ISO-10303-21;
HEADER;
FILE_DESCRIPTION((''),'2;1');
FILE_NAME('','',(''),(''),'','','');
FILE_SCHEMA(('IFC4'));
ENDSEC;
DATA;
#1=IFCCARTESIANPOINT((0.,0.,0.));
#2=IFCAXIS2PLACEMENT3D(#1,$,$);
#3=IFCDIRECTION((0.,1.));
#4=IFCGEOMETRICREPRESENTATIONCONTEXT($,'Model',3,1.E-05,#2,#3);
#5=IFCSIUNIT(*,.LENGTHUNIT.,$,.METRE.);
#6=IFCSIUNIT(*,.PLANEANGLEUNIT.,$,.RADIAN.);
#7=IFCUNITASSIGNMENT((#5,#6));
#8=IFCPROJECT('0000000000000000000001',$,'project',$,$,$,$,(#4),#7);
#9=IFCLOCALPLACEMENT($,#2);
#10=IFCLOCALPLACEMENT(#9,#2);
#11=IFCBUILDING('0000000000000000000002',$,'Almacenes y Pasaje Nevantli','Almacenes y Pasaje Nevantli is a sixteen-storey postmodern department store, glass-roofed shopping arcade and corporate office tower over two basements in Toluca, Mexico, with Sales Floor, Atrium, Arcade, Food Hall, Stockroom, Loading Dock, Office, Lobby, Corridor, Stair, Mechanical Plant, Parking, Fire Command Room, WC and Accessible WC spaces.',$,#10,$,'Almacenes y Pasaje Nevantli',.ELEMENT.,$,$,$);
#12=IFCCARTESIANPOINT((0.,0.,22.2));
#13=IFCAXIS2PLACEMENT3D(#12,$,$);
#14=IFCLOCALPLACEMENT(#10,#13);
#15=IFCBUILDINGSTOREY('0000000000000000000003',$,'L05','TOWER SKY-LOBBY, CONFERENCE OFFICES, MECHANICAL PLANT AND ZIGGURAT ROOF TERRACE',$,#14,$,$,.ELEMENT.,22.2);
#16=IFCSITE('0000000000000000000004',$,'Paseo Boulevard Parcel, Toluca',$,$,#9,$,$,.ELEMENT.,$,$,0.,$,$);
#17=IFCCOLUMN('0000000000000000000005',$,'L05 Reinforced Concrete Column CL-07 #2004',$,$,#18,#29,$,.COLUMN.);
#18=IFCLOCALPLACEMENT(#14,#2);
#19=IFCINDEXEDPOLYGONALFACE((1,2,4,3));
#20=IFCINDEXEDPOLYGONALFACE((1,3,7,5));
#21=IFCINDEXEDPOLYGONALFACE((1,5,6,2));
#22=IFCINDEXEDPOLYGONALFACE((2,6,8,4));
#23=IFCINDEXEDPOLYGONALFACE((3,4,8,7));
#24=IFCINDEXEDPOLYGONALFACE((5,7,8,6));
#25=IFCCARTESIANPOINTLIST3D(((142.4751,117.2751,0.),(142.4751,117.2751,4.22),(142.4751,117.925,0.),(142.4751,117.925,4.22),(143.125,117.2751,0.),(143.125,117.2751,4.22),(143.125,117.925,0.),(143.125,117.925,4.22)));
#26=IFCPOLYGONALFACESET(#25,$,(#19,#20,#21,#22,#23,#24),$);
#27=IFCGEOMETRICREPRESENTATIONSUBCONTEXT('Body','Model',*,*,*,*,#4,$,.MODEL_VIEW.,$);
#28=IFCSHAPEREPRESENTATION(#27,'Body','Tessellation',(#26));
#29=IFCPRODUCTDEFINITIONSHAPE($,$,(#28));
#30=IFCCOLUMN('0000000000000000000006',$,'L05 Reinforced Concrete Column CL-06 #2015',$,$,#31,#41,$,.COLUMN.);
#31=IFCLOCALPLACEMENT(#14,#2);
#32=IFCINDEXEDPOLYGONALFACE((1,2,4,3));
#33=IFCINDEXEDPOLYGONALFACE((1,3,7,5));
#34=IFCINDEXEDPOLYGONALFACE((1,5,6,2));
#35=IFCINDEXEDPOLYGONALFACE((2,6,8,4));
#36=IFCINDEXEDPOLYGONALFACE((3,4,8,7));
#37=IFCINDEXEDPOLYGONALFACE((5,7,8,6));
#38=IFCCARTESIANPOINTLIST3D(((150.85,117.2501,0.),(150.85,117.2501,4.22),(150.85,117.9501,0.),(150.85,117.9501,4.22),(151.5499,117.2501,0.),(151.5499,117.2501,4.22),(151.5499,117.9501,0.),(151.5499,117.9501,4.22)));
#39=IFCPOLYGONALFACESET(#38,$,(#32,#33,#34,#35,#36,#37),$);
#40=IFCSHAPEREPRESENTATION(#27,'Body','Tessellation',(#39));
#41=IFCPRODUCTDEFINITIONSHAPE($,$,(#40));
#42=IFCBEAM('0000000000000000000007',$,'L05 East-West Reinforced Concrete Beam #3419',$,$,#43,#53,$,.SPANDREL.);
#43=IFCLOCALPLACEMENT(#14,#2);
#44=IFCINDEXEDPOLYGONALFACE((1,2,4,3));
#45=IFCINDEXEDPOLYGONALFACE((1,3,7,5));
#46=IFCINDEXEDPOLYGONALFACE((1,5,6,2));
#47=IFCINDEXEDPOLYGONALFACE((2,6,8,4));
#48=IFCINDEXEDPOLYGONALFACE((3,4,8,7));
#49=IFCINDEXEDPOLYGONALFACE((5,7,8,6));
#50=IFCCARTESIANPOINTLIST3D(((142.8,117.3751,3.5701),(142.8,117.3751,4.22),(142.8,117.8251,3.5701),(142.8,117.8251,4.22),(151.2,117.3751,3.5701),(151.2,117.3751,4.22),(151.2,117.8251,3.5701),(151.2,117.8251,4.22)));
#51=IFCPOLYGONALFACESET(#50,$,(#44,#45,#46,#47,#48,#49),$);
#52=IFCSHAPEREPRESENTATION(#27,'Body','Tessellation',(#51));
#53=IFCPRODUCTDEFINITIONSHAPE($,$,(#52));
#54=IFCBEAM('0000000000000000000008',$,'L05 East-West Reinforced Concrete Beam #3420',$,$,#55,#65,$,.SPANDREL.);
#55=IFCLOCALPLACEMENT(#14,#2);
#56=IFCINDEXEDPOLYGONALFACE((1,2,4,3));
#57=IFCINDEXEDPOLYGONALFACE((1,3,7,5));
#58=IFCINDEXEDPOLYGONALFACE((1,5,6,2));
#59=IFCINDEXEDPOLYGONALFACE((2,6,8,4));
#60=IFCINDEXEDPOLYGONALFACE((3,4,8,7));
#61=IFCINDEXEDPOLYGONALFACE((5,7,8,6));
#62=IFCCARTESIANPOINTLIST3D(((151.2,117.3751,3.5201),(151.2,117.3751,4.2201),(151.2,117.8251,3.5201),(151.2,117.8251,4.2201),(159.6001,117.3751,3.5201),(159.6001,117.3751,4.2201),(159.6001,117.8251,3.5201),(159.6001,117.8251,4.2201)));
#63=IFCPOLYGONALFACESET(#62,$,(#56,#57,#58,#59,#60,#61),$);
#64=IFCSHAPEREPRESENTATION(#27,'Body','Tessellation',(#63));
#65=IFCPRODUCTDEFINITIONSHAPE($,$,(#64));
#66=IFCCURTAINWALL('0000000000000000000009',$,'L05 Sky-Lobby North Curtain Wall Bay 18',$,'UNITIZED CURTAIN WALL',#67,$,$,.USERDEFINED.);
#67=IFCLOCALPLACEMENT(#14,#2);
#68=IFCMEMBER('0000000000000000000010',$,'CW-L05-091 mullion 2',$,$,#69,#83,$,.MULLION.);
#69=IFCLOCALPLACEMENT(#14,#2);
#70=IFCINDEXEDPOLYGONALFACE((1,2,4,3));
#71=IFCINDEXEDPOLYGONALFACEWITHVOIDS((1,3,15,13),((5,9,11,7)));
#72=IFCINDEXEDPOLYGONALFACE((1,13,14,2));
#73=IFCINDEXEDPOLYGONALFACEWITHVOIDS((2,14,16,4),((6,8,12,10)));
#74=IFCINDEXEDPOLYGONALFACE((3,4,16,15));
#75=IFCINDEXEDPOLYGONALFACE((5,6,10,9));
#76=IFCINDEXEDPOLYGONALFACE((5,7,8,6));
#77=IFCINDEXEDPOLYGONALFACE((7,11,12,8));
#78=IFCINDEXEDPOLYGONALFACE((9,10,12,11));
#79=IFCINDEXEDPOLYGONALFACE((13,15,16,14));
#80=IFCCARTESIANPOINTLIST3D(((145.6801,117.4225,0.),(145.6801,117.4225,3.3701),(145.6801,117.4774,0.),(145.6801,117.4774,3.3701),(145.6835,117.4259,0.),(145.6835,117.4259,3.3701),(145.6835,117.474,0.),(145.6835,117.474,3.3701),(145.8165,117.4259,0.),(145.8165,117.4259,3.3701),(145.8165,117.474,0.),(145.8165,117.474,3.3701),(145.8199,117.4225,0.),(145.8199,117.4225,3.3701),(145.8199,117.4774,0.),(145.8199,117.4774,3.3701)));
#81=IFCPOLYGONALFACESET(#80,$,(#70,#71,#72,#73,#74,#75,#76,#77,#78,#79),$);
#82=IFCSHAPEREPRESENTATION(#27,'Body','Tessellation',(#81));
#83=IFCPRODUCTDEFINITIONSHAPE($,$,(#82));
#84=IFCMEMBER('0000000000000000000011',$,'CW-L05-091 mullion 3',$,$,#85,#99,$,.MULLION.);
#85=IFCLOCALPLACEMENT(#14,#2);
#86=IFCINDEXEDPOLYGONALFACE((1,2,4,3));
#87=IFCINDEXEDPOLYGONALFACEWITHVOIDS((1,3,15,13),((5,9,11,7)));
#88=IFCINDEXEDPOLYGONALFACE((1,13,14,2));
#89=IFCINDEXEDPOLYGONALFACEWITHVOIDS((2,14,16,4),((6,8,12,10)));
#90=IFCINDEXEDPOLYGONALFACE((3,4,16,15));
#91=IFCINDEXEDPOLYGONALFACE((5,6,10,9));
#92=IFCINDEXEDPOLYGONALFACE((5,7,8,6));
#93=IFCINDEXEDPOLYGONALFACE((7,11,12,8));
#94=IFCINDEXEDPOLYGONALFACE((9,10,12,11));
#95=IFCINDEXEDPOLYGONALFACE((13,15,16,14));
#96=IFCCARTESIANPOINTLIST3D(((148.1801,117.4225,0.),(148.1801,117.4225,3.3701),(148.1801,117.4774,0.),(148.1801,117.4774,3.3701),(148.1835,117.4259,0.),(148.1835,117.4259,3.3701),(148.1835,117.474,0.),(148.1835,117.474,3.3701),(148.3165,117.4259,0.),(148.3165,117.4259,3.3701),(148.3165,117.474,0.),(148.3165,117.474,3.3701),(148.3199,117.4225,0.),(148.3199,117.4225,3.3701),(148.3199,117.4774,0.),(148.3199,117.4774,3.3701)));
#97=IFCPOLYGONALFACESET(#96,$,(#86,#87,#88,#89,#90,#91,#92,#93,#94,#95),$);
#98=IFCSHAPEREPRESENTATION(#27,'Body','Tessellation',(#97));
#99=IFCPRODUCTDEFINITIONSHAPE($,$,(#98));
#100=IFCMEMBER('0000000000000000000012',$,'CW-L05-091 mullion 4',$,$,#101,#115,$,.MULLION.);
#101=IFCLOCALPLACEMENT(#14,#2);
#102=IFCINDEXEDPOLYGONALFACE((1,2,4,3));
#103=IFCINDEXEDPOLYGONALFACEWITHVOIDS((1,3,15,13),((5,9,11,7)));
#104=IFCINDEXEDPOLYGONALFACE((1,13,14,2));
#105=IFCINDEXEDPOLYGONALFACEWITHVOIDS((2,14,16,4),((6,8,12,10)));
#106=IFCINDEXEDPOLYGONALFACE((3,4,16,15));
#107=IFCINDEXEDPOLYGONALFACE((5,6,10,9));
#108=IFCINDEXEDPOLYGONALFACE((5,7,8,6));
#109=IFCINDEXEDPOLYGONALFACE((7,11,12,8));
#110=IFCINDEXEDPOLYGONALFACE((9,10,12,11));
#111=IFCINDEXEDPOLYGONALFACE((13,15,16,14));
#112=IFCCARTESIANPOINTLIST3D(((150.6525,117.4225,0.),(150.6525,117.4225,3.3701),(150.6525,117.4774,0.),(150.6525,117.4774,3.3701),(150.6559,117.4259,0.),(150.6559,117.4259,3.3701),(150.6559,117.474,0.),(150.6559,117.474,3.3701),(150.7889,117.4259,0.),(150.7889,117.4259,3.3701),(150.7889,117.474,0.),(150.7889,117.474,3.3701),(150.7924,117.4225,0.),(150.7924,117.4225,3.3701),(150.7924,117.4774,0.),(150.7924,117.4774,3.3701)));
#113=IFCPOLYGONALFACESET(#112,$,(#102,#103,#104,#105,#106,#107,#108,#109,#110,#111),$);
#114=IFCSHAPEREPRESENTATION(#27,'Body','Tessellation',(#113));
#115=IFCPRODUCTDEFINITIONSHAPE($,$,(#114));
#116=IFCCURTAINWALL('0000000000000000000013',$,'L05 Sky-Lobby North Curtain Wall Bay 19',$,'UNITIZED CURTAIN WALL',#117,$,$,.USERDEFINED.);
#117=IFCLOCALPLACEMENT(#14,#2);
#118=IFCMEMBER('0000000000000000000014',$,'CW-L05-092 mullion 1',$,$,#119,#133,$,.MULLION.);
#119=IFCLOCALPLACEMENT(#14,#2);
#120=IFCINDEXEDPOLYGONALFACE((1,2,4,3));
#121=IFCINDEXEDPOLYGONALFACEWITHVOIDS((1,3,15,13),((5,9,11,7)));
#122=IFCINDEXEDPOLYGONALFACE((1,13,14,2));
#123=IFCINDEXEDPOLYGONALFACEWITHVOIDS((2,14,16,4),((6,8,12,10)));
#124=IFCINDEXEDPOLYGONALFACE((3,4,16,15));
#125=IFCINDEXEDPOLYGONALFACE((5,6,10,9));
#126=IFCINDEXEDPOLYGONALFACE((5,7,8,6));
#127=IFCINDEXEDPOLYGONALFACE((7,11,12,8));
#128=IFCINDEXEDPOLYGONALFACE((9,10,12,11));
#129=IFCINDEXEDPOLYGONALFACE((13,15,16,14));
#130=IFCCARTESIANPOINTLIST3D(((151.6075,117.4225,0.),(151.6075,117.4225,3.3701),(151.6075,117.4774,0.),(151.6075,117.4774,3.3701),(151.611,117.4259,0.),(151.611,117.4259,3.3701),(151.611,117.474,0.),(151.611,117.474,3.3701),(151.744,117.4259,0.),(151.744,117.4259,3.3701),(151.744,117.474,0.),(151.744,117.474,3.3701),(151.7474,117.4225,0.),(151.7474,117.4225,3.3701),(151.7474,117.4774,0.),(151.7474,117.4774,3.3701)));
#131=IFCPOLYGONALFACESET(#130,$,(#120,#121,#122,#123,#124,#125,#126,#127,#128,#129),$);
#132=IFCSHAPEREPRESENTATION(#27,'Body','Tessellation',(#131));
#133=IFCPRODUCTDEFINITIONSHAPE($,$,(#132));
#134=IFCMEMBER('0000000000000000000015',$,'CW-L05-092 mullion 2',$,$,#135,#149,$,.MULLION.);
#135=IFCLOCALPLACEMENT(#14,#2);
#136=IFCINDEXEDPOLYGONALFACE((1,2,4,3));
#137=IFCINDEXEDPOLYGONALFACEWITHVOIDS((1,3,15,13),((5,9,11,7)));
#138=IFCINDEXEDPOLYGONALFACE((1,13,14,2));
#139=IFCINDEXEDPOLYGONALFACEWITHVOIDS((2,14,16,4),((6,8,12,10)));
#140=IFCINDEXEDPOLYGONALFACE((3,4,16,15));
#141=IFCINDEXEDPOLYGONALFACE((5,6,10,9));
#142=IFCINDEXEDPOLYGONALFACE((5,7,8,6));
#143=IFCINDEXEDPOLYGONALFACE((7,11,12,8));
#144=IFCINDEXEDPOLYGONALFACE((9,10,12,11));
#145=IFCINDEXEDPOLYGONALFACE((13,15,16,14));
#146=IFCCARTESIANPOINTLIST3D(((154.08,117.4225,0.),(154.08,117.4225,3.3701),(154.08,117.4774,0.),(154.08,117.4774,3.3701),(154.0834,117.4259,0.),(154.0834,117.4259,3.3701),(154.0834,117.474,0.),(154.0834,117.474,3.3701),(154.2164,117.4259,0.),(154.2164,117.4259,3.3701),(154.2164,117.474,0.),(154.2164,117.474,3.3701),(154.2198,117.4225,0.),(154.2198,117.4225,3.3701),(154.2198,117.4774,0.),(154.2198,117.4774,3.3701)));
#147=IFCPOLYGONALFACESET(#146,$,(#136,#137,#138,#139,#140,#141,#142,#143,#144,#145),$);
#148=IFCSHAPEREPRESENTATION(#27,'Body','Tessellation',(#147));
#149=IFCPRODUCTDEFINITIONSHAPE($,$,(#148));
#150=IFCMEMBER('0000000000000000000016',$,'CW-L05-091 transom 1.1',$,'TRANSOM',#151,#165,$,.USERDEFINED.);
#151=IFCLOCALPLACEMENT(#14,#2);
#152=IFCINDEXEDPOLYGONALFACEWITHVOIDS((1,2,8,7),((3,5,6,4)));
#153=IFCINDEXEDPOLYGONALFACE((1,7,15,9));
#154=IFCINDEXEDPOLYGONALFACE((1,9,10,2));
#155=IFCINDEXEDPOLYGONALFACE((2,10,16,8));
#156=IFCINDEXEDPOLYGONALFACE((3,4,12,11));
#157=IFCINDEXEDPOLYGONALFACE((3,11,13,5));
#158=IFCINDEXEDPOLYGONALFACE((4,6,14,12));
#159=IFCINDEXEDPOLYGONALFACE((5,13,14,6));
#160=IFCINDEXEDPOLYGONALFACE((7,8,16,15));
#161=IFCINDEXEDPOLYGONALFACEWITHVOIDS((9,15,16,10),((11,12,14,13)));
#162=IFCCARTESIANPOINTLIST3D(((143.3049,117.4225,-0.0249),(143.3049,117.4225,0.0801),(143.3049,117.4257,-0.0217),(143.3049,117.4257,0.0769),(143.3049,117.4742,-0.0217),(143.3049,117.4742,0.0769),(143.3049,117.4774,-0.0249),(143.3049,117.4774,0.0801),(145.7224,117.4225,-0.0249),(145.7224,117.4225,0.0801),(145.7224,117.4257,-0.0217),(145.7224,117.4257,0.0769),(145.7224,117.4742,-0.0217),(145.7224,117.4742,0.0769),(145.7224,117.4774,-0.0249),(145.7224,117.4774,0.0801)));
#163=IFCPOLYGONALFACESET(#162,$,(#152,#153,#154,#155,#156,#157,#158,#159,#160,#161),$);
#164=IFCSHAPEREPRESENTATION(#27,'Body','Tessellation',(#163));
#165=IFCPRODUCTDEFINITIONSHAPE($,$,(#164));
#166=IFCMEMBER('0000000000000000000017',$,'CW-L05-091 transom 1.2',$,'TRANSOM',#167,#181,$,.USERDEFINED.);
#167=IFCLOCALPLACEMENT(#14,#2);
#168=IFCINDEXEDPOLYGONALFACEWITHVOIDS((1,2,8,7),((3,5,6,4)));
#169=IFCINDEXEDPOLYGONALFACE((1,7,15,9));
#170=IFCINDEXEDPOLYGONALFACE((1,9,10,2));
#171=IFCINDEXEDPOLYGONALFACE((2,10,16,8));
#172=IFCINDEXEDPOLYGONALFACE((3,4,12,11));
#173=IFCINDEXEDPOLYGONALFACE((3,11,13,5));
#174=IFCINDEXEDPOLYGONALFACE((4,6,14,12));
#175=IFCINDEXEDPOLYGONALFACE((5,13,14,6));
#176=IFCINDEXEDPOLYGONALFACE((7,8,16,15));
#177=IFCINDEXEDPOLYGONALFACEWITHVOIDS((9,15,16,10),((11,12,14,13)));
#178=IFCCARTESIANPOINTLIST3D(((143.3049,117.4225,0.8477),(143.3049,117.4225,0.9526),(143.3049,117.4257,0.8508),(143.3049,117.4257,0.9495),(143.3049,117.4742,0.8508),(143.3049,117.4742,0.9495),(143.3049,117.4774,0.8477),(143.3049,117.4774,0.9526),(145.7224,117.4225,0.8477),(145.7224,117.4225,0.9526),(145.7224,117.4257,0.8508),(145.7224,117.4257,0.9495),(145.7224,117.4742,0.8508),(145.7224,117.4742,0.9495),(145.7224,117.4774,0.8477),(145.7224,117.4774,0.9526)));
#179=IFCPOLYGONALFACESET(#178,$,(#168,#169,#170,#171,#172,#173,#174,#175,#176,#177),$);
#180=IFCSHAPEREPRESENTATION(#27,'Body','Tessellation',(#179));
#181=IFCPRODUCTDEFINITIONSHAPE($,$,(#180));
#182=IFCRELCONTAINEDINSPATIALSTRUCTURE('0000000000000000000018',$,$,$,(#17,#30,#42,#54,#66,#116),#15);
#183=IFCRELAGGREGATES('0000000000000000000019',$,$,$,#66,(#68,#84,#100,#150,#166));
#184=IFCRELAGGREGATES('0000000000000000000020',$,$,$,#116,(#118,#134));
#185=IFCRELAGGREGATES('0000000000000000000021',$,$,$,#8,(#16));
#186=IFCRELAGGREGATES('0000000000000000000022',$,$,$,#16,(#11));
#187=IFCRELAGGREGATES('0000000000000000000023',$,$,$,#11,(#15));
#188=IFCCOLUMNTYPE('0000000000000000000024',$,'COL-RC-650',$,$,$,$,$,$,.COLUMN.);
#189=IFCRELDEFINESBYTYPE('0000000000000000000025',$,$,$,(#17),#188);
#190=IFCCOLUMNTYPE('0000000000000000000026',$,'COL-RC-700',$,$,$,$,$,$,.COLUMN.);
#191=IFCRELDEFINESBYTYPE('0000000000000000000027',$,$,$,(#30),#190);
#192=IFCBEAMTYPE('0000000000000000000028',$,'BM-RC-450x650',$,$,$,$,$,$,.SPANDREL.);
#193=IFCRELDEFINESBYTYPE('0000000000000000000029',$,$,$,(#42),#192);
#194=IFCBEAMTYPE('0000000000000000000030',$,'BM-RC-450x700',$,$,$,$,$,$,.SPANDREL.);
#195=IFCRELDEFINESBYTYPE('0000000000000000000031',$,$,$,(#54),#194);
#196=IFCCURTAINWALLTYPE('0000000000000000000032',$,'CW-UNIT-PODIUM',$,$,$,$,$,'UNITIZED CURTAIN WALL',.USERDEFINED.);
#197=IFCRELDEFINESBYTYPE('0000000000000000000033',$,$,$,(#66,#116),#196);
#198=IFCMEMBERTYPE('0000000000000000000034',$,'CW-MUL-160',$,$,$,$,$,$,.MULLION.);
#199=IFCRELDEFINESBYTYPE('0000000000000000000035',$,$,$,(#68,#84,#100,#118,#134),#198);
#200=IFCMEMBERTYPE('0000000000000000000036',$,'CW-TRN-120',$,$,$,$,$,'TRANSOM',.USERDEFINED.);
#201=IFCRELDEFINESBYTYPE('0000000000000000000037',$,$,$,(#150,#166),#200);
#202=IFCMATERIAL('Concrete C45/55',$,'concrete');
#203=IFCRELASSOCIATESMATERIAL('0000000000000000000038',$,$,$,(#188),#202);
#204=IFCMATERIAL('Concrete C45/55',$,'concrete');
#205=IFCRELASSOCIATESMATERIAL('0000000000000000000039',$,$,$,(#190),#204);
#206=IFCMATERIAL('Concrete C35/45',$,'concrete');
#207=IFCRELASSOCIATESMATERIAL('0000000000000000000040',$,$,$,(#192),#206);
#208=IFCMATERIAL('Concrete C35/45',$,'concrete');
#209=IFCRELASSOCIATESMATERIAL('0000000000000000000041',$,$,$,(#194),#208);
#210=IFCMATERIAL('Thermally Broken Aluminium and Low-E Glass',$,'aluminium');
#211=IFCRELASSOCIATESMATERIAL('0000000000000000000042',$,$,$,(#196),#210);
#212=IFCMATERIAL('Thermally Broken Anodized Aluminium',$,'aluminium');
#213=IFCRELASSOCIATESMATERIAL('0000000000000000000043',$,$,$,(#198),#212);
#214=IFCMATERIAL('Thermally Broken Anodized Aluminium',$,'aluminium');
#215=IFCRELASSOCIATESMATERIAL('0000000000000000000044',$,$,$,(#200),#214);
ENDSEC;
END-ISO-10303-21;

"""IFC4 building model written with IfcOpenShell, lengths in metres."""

from ifc_helpers import new_model, si_unit, direction, frame, origin, origin_2d, place, context, subcontext, project, spatial, rectangle, hollow_rectangle, extrude, material, material_profile, profile_set, type_object, element, aggregate, save


model = new_model("IFC4")

# Units and contexts
model_context = context("Model", 3, precision=1e-05, world=origin(), true_north=direction((0.0, 1.0)))
body_context = subcontext(model_context, "Body", "Model", "MODEL_VIEW")
ifc_project = project(units=[si_unit("LENGTHUNIT", "METRE"), si_unit("PLANEANGLEUNIT", "RADIAN")], contexts=[model_context])

# Site, building, storey
site_placement = place(None, origin())
site = spatial("IfcSite", under=ifc_project, at=site_placement, Name="Paseo Boulevard Parcel, Toluca", CompositionType="ELEMENT", RefElevation=0.0)
building_placement = place(site_placement, origin())
building = spatial("IfcBuilding", under=site, at=building_placement, Name="Almacenes y Pasaje Nevantli", Description="Almacenes y Pasaje Nevantli is a sixteen-storey postmodern department store, glass-roofed shopping arcade and corporate office tower over two basements in Toluca, Mexico, with Sales Floor, Atrium, Arcade, Food Hall, Stockroom, Loading Dock, Office, Lobby, Corridor, Stair, Mechanical Plant, Parking, Fire Command Room, WC and Accessible WC spaces.", LongName="Almacenes y Pasaje Nevantli", CompositionType="ELEMENT")
storey_placement = place(building_placement, frame((0.0, 0.0, 22.2)))
storey = spatial("IfcBuildingStorey", under=building, at=storey_placement, Name="L05", Description="TOWER SKY-LOBBY, CONFERENCE OFFICES, MECHANICAL PLANT AND ZIGGURAT ROOF TERRACE", CompositionType="ELEMENT", Elevation=22.2)

# Columns
ifc_material_1 = material(Name="Concrete C45/55", Category="concrete")
ifc_material_profile_1 = material_profile(ifc_material_1, rectangle(XDim=0.6499, YDim=0.6499, at=origin_2d()), Name="RC-COL-650x650")
ifc_profile_set_1 = profile_set([ifc_material_profile_1], Name="Concrete C45/55")
column_type_1 = type_object("IfcColumnType", Name="COL-RC-650", PredefinedType="COLUMN", material=ifc_profile_set_1)
column_1_placement = place(storey_placement, frame((142.8, 117.6001, 0.0), z_axis=(0.0, 0.0, 1.0), x_axis=(1.0, 0.0, 0.0)))
element("IfcColumn", 1, at=column_1_placement, inside=storey, type_object=column_type_1, Name="L05 Reinforced Concrete Column CL-07 #2004", PredefinedType="COLUMN", context=body_context, shape_type="SweptSolid", body=[
    extrude(rectangle(XDim=0.6499, YDim=0.6499, at=origin_2d()), origin(), (0.0, 0.0, 1.0), 4.22),
])
ifc_material_2 = material(Name="Concrete C45/55", Category="concrete")
ifc_material_profile_2 = material_profile(ifc_material_2, rectangle(XDim=0.7, YDim=0.7, at=origin_2d()), Name="RC-COL-700x700")
ifc_profile_set_2 = profile_set([ifc_material_profile_2], Name="Concrete C45/55")
column_type_2 = type_object("IfcColumnType", Name="COL-RC-700", PredefinedType="COLUMN", material=ifc_profile_set_2)
column_2_placement = place(storey_placement, frame((151.2, 117.6001, 0.0), z_axis=(0.0, 0.0, 1.0), x_axis=(1.0, 0.0, 0.0)))
element("IfcColumn", 2, at=column_2_placement, inside=storey, type_object=column_type_2, Name="L05 Reinforced Concrete Column CL-06 #2015", PredefinedType="COLUMN", context=body_context, shape_type="SweptSolid", body=[
    extrude(rectangle(XDim=0.7, YDim=0.7, at=origin_2d()), origin(), (0.0, 0.0, 1.0), 4.22),
])

# Beams
ifc_material_3 = material(Name="Concrete C35/45", Category="concrete")
ifc_material_profile_3 = material_profile(ifc_material_3, rectangle(XDim=0.45, YDim=0.6499, at=origin_2d()), Name="RC-BM-450x650")
ifc_profile_set_3 = profile_set([ifc_material_profile_3], Name="Concrete C35/45")
beam_type_1 = type_object("IfcBeamType", Name="BM-RC-450x650", PredefinedType="SPANDREL", material=ifc_profile_set_3)
beam_1_placement = place(storey_placement, frame((142.8, 117.6001, 3.895), z_axis=(1.0, 0.0, 0.0), x_axis=(0.0, 1.0, 0.0)))
element("IfcBeam", 3, at=beam_1_placement, inside=storey, type_object=beam_type_1, Name="L05 East-West Reinforced Concrete Beam #3419", PredefinedType="SPANDREL", context=body_context, shape_type="SweptSolid", body=[
    extrude(rectangle(XDim=0.45, YDim=0.6499, at=origin_2d()), origin(), (0.0, 0.0, 1.0), 8.3999),
])
ifc_material_4 = material(Name="Concrete C35/45", Category="concrete")
ifc_material_profile_4 = material_profile(ifc_material_4, rectangle(XDim=0.45, YDim=0.7, at=origin_2d()), Name="RC-BM-450x700")
ifc_profile_set_4 = profile_set([ifc_material_profile_4], Name="Concrete C35/45")
beam_type_2 = type_object("IfcBeamType", Name="BM-RC-450x700", PredefinedType="SPANDREL", material=ifc_profile_set_4)
beam_2_placement = place(storey_placement, frame((151.2, 117.6001, 3.8701), z_axis=(1.0, 0.0, 0.0), x_axis=(0.0, 1.0, 0.0)))
element("IfcBeam", 4, at=beam_2_placement, inside=storey, type_object=beam_type_2, Name="L05 East-West Reinforced Concrete Beam #3420", PredefinedType="SPANDREL", context=body_context, shape_type="SweptSolid", body=[
    extrude(rectangle(XDim=0.45, YDim=0.7, at=origin_2d()), origin(), (0.0, 0.0, 1.0), 8.4001),
])

# Curtain walls, members
ifc_material_5 = material(Name="Thermally Broken Aluminium and Low-E Glass", Category="aluminium")
curtain_wall_type = type_object("IfcCurtainWallType", Name="CW-UNIT-PODIUM", ElementType="UNITIZED CURTAIN WALL", PredefinedType="USERDEFINED", material=ifc_material_5)
curtain_wall_1_placement = place(storey_placement, origin())
curtain_wall_1 = element("IfcCurtainWall", 5, at=curtain_wall_1_placement, inside=storey, type_object=curtain_wall_type, Name="L05 Sky-Lobby North Curtain Wall Bay 18", ObjectType="UNITIZED CURTAIN WALL", PredefinedType="USERDEFINED")
ifc_material_6 = material(Name="Thermally Broken Anodized Aluminium", Category="aluminium")
ifc_material_profile_5 = material_profile(ifc_material_6, hollow_rectangle(XDim=0.0549, YDim=0.1399, WallThickness=0.0034, at=origin_2d()), Name="ALU-MUL-55x140")
ifc_profile_set_5 = profile_set([ifc_material_profile_5], Name="Thermally Broken Anodized Aluminium")
member_type_1 = type_object("IfcMemberType", Name="CW-MUL-160", PredefinedType="MULLION", material=ifc_profile_set_5)
member_1_placement = place(storey_placement, frame((145.75, 117.45, 0.0), z_axis=(0.0, 0.0, 1.0), x_axis=(0.0, 1.0, 0.0)))
member_1 = element("IfcMember", 6, at=member_1_placement, type_object=member_type_1, Name="CW-L05-091 mullion 2", PredefinedType="MULLION", context=body_context, shape_type="SweptSolid", body=[
    extrude(hollow_rectangle(XDim=0.0549, YDim=0.1399, WallThickness=0.0034, at=origin_2d()), origin(), (0.0, 0.0, 1.0), 3.3701),
])
member_2_placement = place(storey_placement, frame((148.25, 117.45, 0.0), z_axis=(0.0, 0.0, 1.0), x_axis=(0.0, 1.0, 0.0)))
member_2 = element("IfcMember", 7, at=member_2_placement, type_object=member_type_1, Name="CW-L05-091 mullion 3", PredefinedType="MULLION", context=body_context, shape_type="SweptSolid", body=[
    extrude(hollow_rectangle(XDim=0.0549, YDim=0.1399, WallThickness=0.0034, at=origin_2d()), origin(), (0.0, 0.0, 1.0), 3.3701),
])
member_3_placement = place(storey_placement, frame((150.7224, 117.45, 0.0), z_axis=(0.0, 0.0, 1.0), x_axis=(0.0, 1.0, 0.0)))
member_3 = element("IfcMember", 8, at=member_3_placement, type_object=member_type_1, Name="CW-L05-091 mullion 4", PredefinedType="MULLION", context=body_context, shape_type="SweptSolid", body=[
    extrude(hollow_rectangle(XDim=0.0549, YDim=0.1399, WallThickness=0.0034, at=origin_2d()), origin(), (0.0, 0.0, 1.0), 3.3701),
])
curtain_wall_2_placement = place(storey_placement, origin())
curtain_wall_2 = element("IfcCurtainWall", 9, at=curtain_wall_2_placement, inside=storey, type_object=curtain_wall_type, Name="L05 Sky-Lobby North Curtain Wall Bay 19", ObjectType="UNITIZED CURTAIN WALL", PredefinedType="USERDEFINED")
member_4_placement = place(storey_placement, frame((151.6775, 117.45, 0.0), z_axis=(0.0, 0.0, 1.0), x_axis=(0.0, 1.0, 0.0)))
member_4 = element("IfcMember", 10, at=member_4_placement, type_object=member_type_1, Name="CW-L05-092 mullion 1", PredefinedType="MULLION", context=body_context, shape_type="SweptSolid", body=[
    extrude(hollow_rectangle(XDim=0.0549, YDim=0.1399, WallThickness=0.0034, at=origin_2d()), origin(), (0.0, 0.0, 1.0), 3.3701),
])
member_5_placement = place(storey_placement, frame((154.1499, 117.45, 0.0), z_axis=(0.0, 0.0, 1.0), x_axis=(0.0, 1.0, 0.0)))
member_5 = element("IfcMember", 11, at=member_5_placement, type_object=member_type_1, Name="CW-L05-092 mullion 2", PredefinedType="MULLION", context=body_context, shape_type="SweptSolid", body=[
    extrude(hollow_rectangle(XDim=0.0549, YDim=0.1399, WallThickness=0.0034, at=origin_2d()), origin(), (0.0, 0.0, 1.0), 3.3701),
])

# Members
ifc_material_7 = material(Name="Thermally Broken Anodized Aluminium", Category="aluminium")
ifc_material_profile_6 = material_profile(ifc_material_7, hollow_rectangle(XDim=0.0549, YDim=0.105, WallThickness=0.0032, at=origin_2d()), Name="ALU-TRN-55x105")
ifc_profile_set_6 = profile_set([ifc_material_profile_6], Name="Thermally Broken Anodized Aluminium")
member_type_2 = type_object("IfcMemberType", Name="CW-TRN-120", ElementType="TRANSOM", PredefinedType="USERDEFINED", material=ifc_profile_set_6)
member_6_placement = place(storey_placement, frame((143.3049, 117.45, 0.0276), z_axis=(1.0, 0.0, 0.0), x_axis=(0.0, 1.0, 0.0)))
member_6 = element("IfcMember", 12, at=member_6_placement, type_object=member_type_2, Name="CW-L05-091 transom 1.1", ObjectType="TRANSOM", PredefinedType="USERDEFINED", context=body_context, shape_type="SweptSolid", body=[
    extrude(hollow_rectangle(XDim=0.0549, YDim=0.105, WallThickness=0.0032, at=origin_2d()), origin(), (0.0, 0.0, 1.0), 2.4175),
])
member_7_placement = place(storey_placement, frame((143.3049, 117.45, 0.9001), z_axis=(1.0, 0.0, 0.0), x_axis=(0.0, 1.0, 0.0)))
member_7 = element("IfcMember", 13, at=member_7_placement, type_object=member_type_2, Name="CW-L05-091 transom 1.2", ObjectType="TRANSOM", PredefinedType="USERDEFINED", context=body_context, shape_type="SweptSolid", body=[
    extrude(hollow_rectangle(XDim=0.0549, YDim=0.105, WallThickness=0.0032, at=origin_2d()), origin(), (0.0, 0.0, 1.0), 2.4175),
])

aggregate(curtain_wall_1, [member_1, member_2, member_3, member_6, member_7])
aggregate(curtain_wall_2, [member_4, member_5])

save(model, "model.ifc")
